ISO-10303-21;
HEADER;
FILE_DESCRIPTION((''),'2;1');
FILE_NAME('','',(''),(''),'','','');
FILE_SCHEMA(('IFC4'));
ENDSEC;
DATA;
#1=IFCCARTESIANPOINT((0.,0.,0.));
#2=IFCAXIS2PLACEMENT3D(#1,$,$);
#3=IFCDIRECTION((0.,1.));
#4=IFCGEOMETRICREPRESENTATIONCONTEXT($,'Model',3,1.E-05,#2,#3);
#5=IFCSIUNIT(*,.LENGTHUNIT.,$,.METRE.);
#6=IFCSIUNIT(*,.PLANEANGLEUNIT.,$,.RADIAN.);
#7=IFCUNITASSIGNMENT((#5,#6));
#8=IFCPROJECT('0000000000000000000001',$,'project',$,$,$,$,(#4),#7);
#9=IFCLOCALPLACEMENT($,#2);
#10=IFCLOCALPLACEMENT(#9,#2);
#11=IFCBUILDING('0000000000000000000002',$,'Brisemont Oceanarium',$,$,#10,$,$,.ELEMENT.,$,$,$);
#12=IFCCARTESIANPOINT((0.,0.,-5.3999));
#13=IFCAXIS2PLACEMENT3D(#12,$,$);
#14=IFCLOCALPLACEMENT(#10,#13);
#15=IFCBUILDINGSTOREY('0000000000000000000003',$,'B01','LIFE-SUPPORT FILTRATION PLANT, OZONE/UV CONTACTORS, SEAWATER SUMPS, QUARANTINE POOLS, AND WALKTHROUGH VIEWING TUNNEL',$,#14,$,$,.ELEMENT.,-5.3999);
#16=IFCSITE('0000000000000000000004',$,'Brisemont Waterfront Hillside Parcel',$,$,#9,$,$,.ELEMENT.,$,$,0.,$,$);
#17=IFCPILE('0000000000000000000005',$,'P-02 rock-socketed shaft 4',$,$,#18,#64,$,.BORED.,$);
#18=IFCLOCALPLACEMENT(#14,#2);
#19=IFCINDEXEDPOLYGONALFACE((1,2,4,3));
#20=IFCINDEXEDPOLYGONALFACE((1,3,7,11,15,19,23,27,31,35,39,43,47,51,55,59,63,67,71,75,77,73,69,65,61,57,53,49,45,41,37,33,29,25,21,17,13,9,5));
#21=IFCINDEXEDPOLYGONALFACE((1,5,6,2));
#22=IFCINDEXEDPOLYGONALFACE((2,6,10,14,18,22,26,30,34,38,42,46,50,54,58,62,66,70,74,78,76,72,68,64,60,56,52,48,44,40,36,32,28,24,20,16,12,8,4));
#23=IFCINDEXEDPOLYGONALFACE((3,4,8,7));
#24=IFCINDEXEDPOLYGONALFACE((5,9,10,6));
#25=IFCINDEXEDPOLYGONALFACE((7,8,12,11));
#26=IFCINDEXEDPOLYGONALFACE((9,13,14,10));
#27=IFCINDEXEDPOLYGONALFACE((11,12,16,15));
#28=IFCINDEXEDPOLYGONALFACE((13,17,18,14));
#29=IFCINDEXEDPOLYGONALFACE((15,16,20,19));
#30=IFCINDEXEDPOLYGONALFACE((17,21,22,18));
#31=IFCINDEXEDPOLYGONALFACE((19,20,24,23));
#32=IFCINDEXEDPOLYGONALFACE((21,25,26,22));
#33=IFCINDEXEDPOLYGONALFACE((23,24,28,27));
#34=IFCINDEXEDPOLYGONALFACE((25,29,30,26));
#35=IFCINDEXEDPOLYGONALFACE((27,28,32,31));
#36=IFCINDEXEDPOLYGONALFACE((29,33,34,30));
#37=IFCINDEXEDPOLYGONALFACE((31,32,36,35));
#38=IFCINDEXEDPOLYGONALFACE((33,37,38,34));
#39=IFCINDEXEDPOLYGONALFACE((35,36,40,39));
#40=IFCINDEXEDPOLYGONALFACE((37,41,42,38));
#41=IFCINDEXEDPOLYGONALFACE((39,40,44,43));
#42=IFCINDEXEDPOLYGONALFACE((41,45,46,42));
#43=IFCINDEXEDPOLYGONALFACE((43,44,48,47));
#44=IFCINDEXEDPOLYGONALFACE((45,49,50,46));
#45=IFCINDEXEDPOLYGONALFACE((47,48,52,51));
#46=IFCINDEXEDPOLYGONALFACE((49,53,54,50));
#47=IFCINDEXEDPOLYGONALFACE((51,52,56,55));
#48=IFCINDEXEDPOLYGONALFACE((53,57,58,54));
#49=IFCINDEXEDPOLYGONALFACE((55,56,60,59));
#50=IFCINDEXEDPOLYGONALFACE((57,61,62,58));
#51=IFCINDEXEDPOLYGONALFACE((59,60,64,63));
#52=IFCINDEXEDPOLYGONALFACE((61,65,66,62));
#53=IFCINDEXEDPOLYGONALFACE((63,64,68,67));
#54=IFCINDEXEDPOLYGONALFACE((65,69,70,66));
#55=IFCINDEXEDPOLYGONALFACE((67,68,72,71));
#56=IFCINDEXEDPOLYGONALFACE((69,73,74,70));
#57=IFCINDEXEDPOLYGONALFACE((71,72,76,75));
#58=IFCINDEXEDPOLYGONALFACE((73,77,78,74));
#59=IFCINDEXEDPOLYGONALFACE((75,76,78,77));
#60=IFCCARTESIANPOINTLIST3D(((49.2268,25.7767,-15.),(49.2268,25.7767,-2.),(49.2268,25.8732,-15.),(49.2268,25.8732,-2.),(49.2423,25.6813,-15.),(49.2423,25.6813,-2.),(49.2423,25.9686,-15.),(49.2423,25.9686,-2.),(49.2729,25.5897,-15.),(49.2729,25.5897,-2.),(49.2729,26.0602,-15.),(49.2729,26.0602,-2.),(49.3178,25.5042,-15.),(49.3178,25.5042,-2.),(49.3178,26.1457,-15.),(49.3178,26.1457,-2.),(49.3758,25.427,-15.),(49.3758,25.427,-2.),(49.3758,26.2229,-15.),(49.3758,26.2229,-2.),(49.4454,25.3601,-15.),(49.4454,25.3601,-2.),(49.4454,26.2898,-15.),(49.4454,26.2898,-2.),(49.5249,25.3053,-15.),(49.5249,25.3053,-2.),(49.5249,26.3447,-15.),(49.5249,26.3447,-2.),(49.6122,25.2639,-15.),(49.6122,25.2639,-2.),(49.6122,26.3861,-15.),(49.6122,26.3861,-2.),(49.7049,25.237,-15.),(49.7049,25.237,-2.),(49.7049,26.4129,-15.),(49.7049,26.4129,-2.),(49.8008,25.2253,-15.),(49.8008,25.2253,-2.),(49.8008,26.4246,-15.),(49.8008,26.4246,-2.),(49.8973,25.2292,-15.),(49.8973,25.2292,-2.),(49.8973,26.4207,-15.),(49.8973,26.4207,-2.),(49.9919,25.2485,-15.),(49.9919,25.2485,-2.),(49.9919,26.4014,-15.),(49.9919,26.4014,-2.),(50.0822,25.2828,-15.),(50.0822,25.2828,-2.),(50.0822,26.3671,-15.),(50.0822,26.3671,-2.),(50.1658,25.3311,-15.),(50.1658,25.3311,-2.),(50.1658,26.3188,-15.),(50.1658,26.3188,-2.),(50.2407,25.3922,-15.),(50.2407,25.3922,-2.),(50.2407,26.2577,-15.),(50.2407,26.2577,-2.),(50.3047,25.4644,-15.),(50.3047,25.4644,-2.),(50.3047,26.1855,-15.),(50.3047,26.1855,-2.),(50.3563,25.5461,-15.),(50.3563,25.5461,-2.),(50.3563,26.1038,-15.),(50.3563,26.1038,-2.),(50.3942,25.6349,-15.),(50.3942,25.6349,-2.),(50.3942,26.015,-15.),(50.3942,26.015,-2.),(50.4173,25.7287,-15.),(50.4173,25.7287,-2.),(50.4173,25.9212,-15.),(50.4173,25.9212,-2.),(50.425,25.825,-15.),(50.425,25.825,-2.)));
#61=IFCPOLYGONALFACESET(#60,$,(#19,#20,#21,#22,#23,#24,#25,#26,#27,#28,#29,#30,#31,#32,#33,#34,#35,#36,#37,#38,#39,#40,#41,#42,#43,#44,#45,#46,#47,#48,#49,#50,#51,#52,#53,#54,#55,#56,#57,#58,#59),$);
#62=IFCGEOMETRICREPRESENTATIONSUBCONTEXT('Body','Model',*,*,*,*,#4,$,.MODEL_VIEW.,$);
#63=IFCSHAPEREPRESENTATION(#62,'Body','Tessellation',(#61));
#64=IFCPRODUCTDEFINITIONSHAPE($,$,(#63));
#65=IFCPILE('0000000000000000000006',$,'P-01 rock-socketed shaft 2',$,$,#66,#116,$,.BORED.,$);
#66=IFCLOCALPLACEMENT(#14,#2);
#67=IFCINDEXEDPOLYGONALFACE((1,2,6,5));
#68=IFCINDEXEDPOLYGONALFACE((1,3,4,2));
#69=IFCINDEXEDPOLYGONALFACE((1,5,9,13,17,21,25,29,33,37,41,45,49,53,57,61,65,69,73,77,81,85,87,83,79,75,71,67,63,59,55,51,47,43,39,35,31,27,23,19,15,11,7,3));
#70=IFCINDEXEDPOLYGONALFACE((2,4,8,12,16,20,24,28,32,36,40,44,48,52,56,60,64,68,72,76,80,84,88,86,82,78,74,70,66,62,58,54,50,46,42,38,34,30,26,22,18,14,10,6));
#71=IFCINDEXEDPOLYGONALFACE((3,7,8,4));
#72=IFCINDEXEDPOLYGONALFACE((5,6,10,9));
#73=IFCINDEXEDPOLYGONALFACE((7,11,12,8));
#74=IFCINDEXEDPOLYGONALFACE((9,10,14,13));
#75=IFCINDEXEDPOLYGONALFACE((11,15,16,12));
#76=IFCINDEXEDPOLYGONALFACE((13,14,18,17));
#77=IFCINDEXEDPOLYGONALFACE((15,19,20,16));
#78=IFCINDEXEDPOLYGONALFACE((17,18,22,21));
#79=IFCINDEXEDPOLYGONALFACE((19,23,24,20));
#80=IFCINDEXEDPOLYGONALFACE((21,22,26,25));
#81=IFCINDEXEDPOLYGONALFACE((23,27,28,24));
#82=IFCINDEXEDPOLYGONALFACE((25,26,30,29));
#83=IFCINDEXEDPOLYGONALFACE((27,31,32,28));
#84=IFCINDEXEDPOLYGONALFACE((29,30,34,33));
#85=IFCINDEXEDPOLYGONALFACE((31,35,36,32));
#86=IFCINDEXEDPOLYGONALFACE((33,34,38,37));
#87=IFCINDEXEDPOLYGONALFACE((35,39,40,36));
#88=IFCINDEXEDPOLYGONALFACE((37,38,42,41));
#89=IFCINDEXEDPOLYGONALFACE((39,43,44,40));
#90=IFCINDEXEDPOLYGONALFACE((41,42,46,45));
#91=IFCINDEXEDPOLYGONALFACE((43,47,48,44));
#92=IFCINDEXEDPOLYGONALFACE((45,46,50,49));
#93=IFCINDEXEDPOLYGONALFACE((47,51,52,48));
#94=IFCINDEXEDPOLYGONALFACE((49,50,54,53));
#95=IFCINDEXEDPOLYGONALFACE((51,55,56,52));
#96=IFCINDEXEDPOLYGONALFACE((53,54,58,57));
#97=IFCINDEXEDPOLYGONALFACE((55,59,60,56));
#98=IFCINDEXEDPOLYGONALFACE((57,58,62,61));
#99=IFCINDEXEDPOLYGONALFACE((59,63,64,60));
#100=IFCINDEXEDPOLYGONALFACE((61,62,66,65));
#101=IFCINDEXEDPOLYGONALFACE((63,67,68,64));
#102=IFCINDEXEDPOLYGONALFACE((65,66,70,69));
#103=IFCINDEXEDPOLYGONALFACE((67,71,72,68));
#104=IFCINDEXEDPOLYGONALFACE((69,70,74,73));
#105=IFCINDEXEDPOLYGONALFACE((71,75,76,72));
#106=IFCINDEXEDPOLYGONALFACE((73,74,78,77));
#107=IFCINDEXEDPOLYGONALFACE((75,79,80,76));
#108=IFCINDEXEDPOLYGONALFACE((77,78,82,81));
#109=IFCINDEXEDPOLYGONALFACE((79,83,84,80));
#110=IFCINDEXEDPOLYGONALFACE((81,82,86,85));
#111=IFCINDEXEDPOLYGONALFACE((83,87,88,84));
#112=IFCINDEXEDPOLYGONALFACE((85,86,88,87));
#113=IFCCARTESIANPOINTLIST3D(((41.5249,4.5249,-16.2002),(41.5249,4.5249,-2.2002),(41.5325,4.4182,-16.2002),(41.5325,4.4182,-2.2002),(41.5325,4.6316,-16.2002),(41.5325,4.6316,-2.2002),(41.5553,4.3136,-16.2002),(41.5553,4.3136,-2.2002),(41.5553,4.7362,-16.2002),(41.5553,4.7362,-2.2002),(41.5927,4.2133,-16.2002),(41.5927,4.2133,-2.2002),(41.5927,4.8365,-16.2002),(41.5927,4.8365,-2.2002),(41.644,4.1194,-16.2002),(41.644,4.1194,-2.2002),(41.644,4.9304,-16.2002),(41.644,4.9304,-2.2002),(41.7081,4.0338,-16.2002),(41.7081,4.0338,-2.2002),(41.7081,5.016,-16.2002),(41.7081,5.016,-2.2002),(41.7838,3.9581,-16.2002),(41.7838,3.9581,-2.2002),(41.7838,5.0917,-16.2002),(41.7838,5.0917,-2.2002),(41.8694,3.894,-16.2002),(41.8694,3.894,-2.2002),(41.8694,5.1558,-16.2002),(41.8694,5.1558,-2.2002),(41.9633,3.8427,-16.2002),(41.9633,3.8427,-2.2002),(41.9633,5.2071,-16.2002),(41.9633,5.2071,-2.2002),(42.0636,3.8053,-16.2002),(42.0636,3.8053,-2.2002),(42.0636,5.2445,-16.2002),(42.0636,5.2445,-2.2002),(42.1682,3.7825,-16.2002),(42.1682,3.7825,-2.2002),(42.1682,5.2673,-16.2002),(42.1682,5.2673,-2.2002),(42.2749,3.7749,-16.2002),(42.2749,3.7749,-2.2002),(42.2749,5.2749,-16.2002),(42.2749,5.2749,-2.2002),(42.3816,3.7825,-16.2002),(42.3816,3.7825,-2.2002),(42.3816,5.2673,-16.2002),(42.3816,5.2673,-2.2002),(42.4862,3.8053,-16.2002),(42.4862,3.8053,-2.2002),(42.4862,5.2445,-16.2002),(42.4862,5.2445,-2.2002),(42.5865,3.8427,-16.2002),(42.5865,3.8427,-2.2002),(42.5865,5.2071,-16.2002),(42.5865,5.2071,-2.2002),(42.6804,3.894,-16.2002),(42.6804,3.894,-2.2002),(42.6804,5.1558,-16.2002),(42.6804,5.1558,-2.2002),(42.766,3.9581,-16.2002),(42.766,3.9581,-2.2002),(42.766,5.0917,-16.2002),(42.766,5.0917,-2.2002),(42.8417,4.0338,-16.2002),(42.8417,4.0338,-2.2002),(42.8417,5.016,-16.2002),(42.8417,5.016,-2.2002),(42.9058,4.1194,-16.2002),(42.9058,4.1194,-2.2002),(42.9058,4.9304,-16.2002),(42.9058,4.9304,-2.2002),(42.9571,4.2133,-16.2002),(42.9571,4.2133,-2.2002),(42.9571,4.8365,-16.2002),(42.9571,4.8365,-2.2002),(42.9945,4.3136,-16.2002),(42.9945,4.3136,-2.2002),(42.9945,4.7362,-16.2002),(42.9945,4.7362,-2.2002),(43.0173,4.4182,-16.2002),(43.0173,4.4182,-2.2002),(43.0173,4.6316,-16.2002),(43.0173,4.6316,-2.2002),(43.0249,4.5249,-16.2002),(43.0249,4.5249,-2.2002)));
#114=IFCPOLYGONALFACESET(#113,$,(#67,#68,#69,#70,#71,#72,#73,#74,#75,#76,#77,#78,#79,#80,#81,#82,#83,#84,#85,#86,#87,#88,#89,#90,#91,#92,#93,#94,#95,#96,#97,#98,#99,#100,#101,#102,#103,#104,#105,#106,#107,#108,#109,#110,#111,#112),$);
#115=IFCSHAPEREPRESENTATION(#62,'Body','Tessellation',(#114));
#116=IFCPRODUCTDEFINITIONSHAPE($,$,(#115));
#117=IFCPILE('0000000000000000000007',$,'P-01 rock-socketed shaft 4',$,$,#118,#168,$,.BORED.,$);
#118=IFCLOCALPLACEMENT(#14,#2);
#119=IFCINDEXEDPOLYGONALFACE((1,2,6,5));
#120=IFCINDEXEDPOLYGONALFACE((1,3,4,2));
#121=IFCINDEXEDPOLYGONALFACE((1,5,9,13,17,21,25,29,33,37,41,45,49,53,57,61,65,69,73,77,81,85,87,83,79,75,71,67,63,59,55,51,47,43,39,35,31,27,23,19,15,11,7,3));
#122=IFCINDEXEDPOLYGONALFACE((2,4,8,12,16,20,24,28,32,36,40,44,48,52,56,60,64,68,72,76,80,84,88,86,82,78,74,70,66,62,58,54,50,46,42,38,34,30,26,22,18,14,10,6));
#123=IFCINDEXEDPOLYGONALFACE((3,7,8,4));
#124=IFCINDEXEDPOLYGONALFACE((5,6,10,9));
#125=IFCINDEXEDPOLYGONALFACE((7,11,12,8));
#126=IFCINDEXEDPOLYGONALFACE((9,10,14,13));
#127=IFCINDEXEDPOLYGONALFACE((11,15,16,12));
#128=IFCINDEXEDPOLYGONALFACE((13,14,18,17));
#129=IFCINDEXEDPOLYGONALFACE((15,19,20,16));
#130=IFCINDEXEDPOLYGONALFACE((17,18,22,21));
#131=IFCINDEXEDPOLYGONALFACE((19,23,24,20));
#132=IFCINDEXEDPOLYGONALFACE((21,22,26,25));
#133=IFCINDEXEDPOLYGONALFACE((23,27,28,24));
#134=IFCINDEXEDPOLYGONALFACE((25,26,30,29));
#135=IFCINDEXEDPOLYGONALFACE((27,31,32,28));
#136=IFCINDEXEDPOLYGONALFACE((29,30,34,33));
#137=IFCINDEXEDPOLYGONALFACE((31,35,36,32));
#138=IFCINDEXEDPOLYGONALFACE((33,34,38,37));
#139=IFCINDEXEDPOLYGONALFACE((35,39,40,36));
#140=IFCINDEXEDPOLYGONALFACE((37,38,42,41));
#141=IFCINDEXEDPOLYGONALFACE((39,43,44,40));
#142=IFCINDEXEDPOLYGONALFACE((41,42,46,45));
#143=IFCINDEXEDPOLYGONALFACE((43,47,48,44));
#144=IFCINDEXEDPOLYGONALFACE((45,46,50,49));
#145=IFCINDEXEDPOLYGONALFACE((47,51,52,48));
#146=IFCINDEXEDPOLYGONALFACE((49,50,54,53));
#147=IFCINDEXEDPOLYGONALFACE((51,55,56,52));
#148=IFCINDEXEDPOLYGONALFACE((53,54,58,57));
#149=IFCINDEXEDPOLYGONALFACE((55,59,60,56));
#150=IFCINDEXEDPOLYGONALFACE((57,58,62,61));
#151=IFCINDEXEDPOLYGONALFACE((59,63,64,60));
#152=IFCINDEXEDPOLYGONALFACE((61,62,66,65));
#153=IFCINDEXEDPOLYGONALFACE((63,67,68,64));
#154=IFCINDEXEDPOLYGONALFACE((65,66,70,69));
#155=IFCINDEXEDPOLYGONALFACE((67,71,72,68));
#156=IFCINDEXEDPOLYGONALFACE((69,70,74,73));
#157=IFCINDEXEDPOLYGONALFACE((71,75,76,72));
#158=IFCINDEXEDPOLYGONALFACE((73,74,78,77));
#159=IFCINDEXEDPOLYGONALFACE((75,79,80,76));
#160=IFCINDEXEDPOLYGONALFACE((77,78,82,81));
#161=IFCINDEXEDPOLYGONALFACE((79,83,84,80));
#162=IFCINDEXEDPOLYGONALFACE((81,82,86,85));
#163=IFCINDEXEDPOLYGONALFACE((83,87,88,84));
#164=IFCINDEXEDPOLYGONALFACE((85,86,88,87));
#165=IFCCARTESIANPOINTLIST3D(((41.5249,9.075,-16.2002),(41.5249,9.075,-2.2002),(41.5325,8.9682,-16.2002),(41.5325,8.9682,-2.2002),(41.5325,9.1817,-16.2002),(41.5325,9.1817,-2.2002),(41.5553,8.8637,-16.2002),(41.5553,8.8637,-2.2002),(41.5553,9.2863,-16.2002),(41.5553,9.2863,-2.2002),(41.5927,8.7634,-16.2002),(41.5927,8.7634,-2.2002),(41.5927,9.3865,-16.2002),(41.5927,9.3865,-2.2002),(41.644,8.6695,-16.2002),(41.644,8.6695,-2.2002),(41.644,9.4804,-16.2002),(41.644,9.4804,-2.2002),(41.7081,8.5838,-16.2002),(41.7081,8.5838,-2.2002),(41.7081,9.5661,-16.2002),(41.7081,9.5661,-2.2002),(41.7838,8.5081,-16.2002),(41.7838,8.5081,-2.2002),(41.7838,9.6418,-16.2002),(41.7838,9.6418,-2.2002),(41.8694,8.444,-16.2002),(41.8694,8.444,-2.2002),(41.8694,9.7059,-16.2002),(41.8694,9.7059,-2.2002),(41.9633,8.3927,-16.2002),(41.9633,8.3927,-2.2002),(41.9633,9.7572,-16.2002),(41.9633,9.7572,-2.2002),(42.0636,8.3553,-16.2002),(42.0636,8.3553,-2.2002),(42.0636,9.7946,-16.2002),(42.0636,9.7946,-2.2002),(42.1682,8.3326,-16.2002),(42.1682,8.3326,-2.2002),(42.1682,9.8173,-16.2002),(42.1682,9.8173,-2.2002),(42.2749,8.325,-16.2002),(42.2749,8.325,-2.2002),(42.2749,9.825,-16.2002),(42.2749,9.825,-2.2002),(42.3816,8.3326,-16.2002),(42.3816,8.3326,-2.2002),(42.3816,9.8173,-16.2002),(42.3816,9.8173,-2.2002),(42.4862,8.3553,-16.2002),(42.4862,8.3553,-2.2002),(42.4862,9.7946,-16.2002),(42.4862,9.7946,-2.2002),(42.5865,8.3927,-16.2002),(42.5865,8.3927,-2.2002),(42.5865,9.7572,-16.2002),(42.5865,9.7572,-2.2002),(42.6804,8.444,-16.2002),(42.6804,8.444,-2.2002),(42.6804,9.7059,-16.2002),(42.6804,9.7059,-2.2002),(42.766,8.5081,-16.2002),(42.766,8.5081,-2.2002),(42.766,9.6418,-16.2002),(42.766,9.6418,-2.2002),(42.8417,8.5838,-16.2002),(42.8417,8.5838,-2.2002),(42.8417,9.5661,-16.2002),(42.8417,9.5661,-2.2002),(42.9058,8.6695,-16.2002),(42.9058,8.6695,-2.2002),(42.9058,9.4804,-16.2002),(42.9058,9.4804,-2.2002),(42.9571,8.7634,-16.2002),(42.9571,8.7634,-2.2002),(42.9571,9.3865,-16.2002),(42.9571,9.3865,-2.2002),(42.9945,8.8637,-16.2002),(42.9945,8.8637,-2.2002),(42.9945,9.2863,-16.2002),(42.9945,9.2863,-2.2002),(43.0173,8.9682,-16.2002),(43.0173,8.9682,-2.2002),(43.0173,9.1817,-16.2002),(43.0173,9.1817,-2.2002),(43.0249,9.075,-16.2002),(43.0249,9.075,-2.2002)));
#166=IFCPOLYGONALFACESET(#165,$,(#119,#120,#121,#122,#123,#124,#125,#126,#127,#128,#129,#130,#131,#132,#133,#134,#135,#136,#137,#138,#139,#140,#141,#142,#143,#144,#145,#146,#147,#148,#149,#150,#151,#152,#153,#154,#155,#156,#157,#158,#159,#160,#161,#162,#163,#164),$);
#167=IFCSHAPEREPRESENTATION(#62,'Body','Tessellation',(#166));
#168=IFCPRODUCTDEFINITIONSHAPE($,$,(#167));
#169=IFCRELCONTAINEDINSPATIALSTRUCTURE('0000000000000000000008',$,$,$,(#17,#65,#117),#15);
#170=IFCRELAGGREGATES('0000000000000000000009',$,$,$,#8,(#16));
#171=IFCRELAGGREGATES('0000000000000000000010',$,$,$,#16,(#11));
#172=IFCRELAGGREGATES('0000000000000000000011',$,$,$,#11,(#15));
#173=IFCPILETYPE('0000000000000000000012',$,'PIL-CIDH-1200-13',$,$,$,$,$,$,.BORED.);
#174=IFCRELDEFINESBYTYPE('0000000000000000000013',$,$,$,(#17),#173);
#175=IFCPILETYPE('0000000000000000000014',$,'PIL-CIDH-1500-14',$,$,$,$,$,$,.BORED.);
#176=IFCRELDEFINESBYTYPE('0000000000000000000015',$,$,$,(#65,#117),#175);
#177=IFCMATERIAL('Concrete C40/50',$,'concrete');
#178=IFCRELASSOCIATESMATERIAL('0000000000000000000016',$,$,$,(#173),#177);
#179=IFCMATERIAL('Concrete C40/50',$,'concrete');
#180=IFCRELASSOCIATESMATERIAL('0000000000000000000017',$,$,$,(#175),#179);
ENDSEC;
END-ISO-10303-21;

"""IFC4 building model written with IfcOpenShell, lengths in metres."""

from ifc_helpers import new_model, si_unit, direction, frame, origin, origin_2d, place, context, subcontext, project, spatial, circle, extrude, material, material_profile, profile_set, type_object, element, save


model = new_model("IFC4")

# Units and contexts
model_context = context("Model", 3, precision=1e-05, world=origin(), true_north=direction((0.0, 1.0)))
body_context = subcontext(model_context, "Body", "Model", "MODEL_VIEW")
ifc_project = project(units=[si_unit("LENGTHUNIT", "METRE"), si_unit("PLANEANGLEUNIT", "RADIAN")], contexts=[model_context])

# Site, building, storey
site_placement = place(None, origin())
site = spatial("IfcSite", under=ifc_project, at=site_placement, Name="Brisemont Waterfront Hillside Parcel", CompositionType="ELEMENT", RefElevation=0.0)
building_placement = place(site_placement, origin())
building = spatial("IfcBuilding", under=site, at=building_placement, Name="Brisemont Oceanarium", CompositionType="ELEMENT")
storey_placement = place(building_placement, frame((0.0, 0.0, -5.3999)))
storey = spatial("IfcBuildingStorey", under=building, at=storey_placement, Name="B01", Description="LIFE-SUPPORT FILTRATION PLANT, OZONE/UV CONTACTORS, SEAWATER SUMPS, QUARANTINE POOLS, AND WALKTHROUGH VIEWING TUNNEL", CompositionType="ELEMENT", Elevation=-5.3999)

# Piles
ifc_material_1 = material(Name="Concrete C40/50", Category="concrete")
ifc_material_profile_1 = material_profile(ifc_material_1, circle(Radius=0.6001, at=origin_2d()), Name="CIDH-D1200")
ifc_profile_set_1 = profile_set([ifc_material_profile_1], Name="Concrete C40/50")
pile_type_1 = type_object("IfcPileType", Name="PIL-CIDH-1200-13", PredefinedType="BORED", material=ifc_profile_set_1)
for number, where, z_axis, x_axis, name in (
    (1, (49.825, 25.825, -2.0), (0.0, 0.0, -1.0), (1.0, 0.0, 0.0), "P-02 rock-socketed shaft 4"),
):
    element("IfcPile", number, at=place(storey_placement, frame(where, z_axis=z_axis, x_axis=x_axis)), inside=storey, type_object=pile_type_1, Name=name, PredefinedType="BORED", context=body_context, shape_type="SweptSolid", body=[
        extrude(circle(Radius=0.6001, at=origin_2d()), origin(), (0.0, 0.0, 1.0), 13.0),
    ])
ifc_material_2 = material(Name="Concrete C40/50", Category="concrete")
ifc_material_profile_2 = material_profile(ifc_material_2, circle(Radius=0.75, at=origin_2d()), Name="CIDH-D1500")
ifc_profile_set_2 = profile_set([ifc_material_profile_2], Name="Concrete C40/50")
pile_type_2 = type_object("IfcPileType", Name="PIL-CIDH-1500-14", PredefinedType="BORED", material=ifc_profile_set_2)
for number, where, z_axis, x_axis, name in (
    (2, (42.2749, 4.5249, -2.2002), (0.0, 0.0, -1.0), (1.0, 0.0, 0.0), "P-01 rock-socketed shaft 2"),
    (3, (42.2749, 9.075, -2.2002), (0.0, 0.0, -1.0), (1.0, 0.0, 0.0), "P-01 rock-socketed shaft 4"),
):
    element("IfcPile", number, at=place(storey_placement, frame(where, z_axis=z_axis, x_axis=x_axis)), inside=storey, type_object=pile_type_2, Name=name, PredefinedType="BORED", context=body_context, shape_type="SweptSolid", body=[
        extrude(circle(Radius=0.75, at=origin_2d()), origin(), (0.0, 0.0, 1.0), 14.0),
    ])

save(model, "model.ifc")
